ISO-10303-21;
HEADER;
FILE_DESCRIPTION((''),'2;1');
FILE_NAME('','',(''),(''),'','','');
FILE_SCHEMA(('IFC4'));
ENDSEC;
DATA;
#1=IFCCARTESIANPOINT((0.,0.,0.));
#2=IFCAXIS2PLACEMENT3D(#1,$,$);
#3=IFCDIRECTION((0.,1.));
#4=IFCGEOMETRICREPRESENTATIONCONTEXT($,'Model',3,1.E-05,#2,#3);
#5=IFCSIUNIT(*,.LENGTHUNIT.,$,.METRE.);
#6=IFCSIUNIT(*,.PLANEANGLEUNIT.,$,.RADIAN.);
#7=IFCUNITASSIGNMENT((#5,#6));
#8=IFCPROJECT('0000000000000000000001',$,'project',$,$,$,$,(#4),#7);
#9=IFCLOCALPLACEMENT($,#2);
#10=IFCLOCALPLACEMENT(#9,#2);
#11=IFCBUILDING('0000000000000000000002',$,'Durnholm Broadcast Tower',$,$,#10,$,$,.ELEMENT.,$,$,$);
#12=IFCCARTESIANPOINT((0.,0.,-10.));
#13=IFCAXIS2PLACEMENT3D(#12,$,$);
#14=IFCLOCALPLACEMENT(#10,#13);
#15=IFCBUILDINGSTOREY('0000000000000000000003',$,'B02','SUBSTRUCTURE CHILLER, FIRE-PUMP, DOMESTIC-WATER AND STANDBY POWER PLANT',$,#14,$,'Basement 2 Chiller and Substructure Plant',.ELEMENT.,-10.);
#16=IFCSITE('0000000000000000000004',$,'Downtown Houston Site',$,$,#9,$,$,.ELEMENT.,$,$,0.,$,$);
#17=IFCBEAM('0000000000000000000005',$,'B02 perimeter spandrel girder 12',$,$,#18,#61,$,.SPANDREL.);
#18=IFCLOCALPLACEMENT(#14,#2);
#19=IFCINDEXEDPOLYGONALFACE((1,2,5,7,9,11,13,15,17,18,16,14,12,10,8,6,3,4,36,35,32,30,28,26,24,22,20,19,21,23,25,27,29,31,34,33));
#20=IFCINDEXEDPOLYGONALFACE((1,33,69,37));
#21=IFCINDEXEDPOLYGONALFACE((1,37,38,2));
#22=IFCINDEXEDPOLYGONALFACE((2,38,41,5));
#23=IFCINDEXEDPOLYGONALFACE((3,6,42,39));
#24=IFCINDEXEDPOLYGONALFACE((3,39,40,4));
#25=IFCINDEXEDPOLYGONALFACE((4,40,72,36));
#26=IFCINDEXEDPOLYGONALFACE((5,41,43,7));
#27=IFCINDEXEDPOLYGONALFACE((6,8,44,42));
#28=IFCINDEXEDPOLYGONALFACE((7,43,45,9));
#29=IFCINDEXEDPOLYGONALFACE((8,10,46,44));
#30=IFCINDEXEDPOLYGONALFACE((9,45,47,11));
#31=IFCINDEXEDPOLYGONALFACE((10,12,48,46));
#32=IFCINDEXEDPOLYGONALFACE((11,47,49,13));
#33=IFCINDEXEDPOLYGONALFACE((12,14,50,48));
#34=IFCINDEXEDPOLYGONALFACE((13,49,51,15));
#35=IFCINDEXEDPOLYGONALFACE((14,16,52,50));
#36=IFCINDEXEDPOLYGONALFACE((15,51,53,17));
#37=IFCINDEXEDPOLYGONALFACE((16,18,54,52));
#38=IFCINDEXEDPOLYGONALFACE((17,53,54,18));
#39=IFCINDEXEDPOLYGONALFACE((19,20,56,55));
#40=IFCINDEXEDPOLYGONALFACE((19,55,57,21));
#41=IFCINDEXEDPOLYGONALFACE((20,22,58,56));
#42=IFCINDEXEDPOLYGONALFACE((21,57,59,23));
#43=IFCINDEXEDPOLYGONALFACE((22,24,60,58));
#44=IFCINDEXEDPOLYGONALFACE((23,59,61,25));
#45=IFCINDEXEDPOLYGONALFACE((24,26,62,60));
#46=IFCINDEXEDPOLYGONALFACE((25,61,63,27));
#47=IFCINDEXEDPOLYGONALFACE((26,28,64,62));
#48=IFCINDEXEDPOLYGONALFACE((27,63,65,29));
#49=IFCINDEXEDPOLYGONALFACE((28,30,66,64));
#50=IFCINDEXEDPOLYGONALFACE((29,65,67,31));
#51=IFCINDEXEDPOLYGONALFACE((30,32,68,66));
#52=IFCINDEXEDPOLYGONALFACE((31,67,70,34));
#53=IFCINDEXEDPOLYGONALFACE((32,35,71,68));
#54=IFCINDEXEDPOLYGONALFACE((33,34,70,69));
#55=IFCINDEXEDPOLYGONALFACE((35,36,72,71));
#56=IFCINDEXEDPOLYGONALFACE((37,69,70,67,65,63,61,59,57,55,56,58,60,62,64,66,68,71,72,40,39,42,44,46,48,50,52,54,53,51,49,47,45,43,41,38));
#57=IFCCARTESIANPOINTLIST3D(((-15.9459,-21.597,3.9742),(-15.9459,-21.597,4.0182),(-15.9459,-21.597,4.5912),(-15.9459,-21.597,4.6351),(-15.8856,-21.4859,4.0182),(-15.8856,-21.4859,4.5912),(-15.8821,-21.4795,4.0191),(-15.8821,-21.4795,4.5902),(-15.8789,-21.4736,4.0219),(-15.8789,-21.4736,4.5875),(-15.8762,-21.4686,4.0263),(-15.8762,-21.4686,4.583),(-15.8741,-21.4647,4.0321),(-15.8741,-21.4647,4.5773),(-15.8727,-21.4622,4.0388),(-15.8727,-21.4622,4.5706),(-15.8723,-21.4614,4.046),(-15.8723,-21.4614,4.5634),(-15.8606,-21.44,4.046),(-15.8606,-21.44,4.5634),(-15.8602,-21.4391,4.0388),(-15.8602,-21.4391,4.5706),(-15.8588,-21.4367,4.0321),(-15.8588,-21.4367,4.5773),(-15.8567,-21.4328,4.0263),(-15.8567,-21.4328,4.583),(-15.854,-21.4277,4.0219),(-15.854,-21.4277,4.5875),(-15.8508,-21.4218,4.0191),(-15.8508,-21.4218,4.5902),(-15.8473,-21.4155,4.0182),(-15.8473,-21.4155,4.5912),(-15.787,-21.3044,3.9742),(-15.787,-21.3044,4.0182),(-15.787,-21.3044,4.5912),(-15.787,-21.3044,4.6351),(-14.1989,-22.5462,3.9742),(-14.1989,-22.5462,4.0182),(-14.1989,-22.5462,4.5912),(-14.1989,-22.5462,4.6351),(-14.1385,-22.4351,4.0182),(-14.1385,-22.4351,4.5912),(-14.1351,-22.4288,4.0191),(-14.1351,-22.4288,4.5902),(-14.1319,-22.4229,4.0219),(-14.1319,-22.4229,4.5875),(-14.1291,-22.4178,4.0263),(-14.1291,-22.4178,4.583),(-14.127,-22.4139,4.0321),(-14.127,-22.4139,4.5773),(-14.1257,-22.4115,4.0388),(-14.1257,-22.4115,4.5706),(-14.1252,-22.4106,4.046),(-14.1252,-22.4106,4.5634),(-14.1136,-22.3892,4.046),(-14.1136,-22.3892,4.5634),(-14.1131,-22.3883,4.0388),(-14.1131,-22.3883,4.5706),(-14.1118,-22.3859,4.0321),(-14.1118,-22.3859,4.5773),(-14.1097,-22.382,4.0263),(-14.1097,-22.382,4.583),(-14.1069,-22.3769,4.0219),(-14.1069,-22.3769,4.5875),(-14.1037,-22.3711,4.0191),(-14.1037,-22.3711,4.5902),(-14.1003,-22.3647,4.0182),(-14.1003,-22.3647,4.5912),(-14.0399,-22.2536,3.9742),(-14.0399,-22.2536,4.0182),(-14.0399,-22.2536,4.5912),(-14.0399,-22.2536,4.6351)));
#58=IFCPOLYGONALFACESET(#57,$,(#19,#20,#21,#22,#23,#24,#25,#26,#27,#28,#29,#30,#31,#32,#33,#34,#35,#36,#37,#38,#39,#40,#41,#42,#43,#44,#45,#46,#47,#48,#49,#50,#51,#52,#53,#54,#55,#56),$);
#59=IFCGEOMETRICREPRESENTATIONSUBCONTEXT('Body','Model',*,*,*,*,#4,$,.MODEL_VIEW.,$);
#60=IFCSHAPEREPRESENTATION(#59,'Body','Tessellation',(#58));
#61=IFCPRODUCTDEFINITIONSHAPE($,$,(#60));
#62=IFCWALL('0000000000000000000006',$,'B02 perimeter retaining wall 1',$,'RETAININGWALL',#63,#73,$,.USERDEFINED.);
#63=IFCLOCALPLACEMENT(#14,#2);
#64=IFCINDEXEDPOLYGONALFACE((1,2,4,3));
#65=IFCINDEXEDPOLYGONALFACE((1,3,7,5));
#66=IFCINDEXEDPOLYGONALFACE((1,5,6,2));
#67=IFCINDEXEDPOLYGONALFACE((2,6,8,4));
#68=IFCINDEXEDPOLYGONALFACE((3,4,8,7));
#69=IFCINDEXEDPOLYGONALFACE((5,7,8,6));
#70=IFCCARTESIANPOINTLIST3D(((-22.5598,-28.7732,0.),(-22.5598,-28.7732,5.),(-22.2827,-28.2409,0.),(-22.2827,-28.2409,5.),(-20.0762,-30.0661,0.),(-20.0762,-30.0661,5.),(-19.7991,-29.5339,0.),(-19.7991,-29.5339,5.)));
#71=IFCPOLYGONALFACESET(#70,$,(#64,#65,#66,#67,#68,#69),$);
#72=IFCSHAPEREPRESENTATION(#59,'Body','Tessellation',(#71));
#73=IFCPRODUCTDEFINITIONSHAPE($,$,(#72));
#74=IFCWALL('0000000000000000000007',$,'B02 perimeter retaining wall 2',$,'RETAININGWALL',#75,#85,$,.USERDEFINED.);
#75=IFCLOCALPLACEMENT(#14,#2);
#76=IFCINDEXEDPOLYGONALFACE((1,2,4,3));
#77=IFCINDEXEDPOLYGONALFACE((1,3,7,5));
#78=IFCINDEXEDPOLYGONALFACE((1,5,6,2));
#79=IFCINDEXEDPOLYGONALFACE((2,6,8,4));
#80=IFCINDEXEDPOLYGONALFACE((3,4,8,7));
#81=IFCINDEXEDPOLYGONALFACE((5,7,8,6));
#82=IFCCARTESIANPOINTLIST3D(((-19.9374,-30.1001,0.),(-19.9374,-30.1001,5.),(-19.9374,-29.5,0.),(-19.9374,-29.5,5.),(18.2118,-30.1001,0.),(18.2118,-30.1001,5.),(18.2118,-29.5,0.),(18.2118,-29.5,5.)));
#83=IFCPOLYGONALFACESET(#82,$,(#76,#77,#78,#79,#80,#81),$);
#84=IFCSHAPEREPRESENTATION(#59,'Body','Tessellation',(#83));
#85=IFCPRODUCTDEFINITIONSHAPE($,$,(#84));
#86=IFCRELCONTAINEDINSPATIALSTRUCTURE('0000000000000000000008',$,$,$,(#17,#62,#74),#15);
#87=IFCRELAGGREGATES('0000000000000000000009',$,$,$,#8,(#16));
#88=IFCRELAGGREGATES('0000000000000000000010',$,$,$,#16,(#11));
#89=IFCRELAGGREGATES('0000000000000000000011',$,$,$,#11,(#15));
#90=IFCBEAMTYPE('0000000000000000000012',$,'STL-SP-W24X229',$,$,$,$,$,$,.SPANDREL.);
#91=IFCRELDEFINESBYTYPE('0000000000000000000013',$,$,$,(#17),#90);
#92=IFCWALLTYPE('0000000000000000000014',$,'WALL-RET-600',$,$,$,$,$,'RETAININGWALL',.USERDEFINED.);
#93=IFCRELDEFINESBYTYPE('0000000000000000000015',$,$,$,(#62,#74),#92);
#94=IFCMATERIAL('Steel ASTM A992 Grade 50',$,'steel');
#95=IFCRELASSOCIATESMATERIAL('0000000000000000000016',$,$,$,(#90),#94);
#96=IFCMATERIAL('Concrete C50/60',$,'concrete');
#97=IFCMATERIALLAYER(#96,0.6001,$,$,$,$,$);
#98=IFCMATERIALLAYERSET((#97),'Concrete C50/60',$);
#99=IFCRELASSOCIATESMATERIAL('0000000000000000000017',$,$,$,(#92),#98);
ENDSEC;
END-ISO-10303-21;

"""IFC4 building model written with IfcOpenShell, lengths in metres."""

from ifc_helpers import new_model, si_unit, direction, frame, frame_2d, origin, origin_2d, place, context, subcontext, project, spatial, rectangle, i_section, extrude, source, transform, mapped, material, layer, layer_set, material_profile, profile_set, type_object, element, save


model = new_model("IFC4")

# Units and contexts
model_context = context("Model", 3, precision=1e-05, world=origin(), true_north=direction((0.0, 1.0)))
body_context = subcontext(model_context, "Body", "Model", "MODEL_VIEW")
ifc_project = project(units=[si_unit("LENGTHUNIT", "METRE"), si_unit("PLANEANGLEUNIT", "RADIAN")], contexts=[model_context])

# Site, building, storey
site_placement = place(None, origin())
site = spatial("IfcSite", under=ifc_project, at=site_placement, Name="Downtown Houston Site", CompositionType="ELEMENT", RefElevation=0.0)
building_placement = place(site_placement, origin())
building = spatial("IfcBuilding", under=site, at=building_placement, Name="Durnholm Broadcast Tower", CompositionType="ELEMENT")
storey_placement = place(building_placement, frame((0.0, 0.0, -10.0)))
storey = spatial("IfcBuildingStorey", under=building, at=storey_placement, Name="B02", Description="SUBSTRUCTURE CHILLER, FIRE-PUMP, DOMESTIC-WATER AND STANDBY POWER PLANT", LongName="Basement 2 Chiller and Substructure Plant", CompositionType="ELEMENT", Elevation=-10.0)

# Shared definitions
ifc_material_1 = material(Name="Concrete C50/60", Category="concrete")

# Beam
ifc_material_2 = material(Name="Steel ASTM A992 Grade 50", Category="steel")
ifc_material_profile_1 = material_profile(ifc_material_2, i_section(OverallWidth=0.333, OverallDepth=0.6609, WebThickness=0.0244, FlangeThickness=0.0439, FilletRadius=0.0278, at=origin_2d()), Name="W24X229")
ifc_profile_set_1 = profile_set([ifc_material_profile_1], Name="Steel ASTM A992 Grade 50")
beam_type = type_object("IfcBeamType", Name="STL-SP-W24X229", PredefinedType="SPANDREL", material=ifc_profile_set_1)
shared_shape_1 = source(origin(), body_context, "Body", "SweptSolid", [
    extrude(i_section(OverallWidth=0.333, OverallDepth=0.6609, WebThickness=0.0244, FlangeThickness=0.0439, FilletRadius=0.0278, at=origin_2d()), origin(), (0.0, 0.0, 1.0), 1.9883),
])
beam_1_placement = place(storey_placement, frame((-14.1194, -22.3999, 4.3047), z_axis=(-0.878683, 0.477406, 0.0), x_axis=(-0.477406, -0.878683, 0.0)))
element("IfcBeam", 1, at=beam_1_placement, inside=storey, type_object=beam_type, Name="B02 perimeter spandrel girder 12", PredefinedType="SPANDREL", context=body_context, shape_type="MappedRepresentation", body=[
    mapped(shared_shape_1, transform((0.0, 0.0, 0.0), x_axis=(1.0, 0.0, 0.0), y_axis=(0.0, 1.0, 0.0), z_axis=(0.0, 0.0, 1.0), scale=1.0)),
])

# Walls
ifc_layer = layer(ifc_material_1, 0.6001)
ifc_layer_set = layer_set([ifc_layer], Name="Concrete C50/60")
wall_type = type_object("IfcWallType", Name="WALL-RET-600", ElementType="RETAININGWALL", PredefinedType="USERDEFINED", material=ifc_layer_set)
wall_1_placement = place(storey_placement, frame((-22.4211, -28.5071, 0.0), z_axis=(0.0, 0.0, 1.0), x_axis=(0.887001, -0.461767, 0.0)))
element("IfcWall", 2, at=wall_1_placement, inside=storey, type_object=wall_type, Name="B02 perimeter retaining wall 1", ObjectType="RETAININGWALL", PredefinedType="USERDEFINED", context=body_context, shape_type="SweptSolid", body=[
    extrude(rectangle(XDim=2.8, YDim=0.6001, at=frame_2d((1.3999, 0.0))), origin(), (0.0, 0.0, 1.0), 5.0),
])
wall_2_placement = place(storey_placement, frame((-19.9375, -29.8, 0.0), z_axis=(0.0, 0.0, 1.0), x_axis=(1.0, 0.0, 0.0)))
element("IfcWall", 3, at=wall_2_placement, inside=storey, type_object=wall_type, Name="B02 perimeter retaining wall 2", ObjectType="RETAININGWALL", PredefinedType="USERDEFINED", context=body_context, shape_type="SweptSolid", body=[
    extrude(rectangle(XDim=38.1492, YDim=0.6001, at=frame_2d((19.0747, 0.0))), origin(), (0.0, 0.0, 1.0), 5.0),
])

save(model, "model.ifc")
